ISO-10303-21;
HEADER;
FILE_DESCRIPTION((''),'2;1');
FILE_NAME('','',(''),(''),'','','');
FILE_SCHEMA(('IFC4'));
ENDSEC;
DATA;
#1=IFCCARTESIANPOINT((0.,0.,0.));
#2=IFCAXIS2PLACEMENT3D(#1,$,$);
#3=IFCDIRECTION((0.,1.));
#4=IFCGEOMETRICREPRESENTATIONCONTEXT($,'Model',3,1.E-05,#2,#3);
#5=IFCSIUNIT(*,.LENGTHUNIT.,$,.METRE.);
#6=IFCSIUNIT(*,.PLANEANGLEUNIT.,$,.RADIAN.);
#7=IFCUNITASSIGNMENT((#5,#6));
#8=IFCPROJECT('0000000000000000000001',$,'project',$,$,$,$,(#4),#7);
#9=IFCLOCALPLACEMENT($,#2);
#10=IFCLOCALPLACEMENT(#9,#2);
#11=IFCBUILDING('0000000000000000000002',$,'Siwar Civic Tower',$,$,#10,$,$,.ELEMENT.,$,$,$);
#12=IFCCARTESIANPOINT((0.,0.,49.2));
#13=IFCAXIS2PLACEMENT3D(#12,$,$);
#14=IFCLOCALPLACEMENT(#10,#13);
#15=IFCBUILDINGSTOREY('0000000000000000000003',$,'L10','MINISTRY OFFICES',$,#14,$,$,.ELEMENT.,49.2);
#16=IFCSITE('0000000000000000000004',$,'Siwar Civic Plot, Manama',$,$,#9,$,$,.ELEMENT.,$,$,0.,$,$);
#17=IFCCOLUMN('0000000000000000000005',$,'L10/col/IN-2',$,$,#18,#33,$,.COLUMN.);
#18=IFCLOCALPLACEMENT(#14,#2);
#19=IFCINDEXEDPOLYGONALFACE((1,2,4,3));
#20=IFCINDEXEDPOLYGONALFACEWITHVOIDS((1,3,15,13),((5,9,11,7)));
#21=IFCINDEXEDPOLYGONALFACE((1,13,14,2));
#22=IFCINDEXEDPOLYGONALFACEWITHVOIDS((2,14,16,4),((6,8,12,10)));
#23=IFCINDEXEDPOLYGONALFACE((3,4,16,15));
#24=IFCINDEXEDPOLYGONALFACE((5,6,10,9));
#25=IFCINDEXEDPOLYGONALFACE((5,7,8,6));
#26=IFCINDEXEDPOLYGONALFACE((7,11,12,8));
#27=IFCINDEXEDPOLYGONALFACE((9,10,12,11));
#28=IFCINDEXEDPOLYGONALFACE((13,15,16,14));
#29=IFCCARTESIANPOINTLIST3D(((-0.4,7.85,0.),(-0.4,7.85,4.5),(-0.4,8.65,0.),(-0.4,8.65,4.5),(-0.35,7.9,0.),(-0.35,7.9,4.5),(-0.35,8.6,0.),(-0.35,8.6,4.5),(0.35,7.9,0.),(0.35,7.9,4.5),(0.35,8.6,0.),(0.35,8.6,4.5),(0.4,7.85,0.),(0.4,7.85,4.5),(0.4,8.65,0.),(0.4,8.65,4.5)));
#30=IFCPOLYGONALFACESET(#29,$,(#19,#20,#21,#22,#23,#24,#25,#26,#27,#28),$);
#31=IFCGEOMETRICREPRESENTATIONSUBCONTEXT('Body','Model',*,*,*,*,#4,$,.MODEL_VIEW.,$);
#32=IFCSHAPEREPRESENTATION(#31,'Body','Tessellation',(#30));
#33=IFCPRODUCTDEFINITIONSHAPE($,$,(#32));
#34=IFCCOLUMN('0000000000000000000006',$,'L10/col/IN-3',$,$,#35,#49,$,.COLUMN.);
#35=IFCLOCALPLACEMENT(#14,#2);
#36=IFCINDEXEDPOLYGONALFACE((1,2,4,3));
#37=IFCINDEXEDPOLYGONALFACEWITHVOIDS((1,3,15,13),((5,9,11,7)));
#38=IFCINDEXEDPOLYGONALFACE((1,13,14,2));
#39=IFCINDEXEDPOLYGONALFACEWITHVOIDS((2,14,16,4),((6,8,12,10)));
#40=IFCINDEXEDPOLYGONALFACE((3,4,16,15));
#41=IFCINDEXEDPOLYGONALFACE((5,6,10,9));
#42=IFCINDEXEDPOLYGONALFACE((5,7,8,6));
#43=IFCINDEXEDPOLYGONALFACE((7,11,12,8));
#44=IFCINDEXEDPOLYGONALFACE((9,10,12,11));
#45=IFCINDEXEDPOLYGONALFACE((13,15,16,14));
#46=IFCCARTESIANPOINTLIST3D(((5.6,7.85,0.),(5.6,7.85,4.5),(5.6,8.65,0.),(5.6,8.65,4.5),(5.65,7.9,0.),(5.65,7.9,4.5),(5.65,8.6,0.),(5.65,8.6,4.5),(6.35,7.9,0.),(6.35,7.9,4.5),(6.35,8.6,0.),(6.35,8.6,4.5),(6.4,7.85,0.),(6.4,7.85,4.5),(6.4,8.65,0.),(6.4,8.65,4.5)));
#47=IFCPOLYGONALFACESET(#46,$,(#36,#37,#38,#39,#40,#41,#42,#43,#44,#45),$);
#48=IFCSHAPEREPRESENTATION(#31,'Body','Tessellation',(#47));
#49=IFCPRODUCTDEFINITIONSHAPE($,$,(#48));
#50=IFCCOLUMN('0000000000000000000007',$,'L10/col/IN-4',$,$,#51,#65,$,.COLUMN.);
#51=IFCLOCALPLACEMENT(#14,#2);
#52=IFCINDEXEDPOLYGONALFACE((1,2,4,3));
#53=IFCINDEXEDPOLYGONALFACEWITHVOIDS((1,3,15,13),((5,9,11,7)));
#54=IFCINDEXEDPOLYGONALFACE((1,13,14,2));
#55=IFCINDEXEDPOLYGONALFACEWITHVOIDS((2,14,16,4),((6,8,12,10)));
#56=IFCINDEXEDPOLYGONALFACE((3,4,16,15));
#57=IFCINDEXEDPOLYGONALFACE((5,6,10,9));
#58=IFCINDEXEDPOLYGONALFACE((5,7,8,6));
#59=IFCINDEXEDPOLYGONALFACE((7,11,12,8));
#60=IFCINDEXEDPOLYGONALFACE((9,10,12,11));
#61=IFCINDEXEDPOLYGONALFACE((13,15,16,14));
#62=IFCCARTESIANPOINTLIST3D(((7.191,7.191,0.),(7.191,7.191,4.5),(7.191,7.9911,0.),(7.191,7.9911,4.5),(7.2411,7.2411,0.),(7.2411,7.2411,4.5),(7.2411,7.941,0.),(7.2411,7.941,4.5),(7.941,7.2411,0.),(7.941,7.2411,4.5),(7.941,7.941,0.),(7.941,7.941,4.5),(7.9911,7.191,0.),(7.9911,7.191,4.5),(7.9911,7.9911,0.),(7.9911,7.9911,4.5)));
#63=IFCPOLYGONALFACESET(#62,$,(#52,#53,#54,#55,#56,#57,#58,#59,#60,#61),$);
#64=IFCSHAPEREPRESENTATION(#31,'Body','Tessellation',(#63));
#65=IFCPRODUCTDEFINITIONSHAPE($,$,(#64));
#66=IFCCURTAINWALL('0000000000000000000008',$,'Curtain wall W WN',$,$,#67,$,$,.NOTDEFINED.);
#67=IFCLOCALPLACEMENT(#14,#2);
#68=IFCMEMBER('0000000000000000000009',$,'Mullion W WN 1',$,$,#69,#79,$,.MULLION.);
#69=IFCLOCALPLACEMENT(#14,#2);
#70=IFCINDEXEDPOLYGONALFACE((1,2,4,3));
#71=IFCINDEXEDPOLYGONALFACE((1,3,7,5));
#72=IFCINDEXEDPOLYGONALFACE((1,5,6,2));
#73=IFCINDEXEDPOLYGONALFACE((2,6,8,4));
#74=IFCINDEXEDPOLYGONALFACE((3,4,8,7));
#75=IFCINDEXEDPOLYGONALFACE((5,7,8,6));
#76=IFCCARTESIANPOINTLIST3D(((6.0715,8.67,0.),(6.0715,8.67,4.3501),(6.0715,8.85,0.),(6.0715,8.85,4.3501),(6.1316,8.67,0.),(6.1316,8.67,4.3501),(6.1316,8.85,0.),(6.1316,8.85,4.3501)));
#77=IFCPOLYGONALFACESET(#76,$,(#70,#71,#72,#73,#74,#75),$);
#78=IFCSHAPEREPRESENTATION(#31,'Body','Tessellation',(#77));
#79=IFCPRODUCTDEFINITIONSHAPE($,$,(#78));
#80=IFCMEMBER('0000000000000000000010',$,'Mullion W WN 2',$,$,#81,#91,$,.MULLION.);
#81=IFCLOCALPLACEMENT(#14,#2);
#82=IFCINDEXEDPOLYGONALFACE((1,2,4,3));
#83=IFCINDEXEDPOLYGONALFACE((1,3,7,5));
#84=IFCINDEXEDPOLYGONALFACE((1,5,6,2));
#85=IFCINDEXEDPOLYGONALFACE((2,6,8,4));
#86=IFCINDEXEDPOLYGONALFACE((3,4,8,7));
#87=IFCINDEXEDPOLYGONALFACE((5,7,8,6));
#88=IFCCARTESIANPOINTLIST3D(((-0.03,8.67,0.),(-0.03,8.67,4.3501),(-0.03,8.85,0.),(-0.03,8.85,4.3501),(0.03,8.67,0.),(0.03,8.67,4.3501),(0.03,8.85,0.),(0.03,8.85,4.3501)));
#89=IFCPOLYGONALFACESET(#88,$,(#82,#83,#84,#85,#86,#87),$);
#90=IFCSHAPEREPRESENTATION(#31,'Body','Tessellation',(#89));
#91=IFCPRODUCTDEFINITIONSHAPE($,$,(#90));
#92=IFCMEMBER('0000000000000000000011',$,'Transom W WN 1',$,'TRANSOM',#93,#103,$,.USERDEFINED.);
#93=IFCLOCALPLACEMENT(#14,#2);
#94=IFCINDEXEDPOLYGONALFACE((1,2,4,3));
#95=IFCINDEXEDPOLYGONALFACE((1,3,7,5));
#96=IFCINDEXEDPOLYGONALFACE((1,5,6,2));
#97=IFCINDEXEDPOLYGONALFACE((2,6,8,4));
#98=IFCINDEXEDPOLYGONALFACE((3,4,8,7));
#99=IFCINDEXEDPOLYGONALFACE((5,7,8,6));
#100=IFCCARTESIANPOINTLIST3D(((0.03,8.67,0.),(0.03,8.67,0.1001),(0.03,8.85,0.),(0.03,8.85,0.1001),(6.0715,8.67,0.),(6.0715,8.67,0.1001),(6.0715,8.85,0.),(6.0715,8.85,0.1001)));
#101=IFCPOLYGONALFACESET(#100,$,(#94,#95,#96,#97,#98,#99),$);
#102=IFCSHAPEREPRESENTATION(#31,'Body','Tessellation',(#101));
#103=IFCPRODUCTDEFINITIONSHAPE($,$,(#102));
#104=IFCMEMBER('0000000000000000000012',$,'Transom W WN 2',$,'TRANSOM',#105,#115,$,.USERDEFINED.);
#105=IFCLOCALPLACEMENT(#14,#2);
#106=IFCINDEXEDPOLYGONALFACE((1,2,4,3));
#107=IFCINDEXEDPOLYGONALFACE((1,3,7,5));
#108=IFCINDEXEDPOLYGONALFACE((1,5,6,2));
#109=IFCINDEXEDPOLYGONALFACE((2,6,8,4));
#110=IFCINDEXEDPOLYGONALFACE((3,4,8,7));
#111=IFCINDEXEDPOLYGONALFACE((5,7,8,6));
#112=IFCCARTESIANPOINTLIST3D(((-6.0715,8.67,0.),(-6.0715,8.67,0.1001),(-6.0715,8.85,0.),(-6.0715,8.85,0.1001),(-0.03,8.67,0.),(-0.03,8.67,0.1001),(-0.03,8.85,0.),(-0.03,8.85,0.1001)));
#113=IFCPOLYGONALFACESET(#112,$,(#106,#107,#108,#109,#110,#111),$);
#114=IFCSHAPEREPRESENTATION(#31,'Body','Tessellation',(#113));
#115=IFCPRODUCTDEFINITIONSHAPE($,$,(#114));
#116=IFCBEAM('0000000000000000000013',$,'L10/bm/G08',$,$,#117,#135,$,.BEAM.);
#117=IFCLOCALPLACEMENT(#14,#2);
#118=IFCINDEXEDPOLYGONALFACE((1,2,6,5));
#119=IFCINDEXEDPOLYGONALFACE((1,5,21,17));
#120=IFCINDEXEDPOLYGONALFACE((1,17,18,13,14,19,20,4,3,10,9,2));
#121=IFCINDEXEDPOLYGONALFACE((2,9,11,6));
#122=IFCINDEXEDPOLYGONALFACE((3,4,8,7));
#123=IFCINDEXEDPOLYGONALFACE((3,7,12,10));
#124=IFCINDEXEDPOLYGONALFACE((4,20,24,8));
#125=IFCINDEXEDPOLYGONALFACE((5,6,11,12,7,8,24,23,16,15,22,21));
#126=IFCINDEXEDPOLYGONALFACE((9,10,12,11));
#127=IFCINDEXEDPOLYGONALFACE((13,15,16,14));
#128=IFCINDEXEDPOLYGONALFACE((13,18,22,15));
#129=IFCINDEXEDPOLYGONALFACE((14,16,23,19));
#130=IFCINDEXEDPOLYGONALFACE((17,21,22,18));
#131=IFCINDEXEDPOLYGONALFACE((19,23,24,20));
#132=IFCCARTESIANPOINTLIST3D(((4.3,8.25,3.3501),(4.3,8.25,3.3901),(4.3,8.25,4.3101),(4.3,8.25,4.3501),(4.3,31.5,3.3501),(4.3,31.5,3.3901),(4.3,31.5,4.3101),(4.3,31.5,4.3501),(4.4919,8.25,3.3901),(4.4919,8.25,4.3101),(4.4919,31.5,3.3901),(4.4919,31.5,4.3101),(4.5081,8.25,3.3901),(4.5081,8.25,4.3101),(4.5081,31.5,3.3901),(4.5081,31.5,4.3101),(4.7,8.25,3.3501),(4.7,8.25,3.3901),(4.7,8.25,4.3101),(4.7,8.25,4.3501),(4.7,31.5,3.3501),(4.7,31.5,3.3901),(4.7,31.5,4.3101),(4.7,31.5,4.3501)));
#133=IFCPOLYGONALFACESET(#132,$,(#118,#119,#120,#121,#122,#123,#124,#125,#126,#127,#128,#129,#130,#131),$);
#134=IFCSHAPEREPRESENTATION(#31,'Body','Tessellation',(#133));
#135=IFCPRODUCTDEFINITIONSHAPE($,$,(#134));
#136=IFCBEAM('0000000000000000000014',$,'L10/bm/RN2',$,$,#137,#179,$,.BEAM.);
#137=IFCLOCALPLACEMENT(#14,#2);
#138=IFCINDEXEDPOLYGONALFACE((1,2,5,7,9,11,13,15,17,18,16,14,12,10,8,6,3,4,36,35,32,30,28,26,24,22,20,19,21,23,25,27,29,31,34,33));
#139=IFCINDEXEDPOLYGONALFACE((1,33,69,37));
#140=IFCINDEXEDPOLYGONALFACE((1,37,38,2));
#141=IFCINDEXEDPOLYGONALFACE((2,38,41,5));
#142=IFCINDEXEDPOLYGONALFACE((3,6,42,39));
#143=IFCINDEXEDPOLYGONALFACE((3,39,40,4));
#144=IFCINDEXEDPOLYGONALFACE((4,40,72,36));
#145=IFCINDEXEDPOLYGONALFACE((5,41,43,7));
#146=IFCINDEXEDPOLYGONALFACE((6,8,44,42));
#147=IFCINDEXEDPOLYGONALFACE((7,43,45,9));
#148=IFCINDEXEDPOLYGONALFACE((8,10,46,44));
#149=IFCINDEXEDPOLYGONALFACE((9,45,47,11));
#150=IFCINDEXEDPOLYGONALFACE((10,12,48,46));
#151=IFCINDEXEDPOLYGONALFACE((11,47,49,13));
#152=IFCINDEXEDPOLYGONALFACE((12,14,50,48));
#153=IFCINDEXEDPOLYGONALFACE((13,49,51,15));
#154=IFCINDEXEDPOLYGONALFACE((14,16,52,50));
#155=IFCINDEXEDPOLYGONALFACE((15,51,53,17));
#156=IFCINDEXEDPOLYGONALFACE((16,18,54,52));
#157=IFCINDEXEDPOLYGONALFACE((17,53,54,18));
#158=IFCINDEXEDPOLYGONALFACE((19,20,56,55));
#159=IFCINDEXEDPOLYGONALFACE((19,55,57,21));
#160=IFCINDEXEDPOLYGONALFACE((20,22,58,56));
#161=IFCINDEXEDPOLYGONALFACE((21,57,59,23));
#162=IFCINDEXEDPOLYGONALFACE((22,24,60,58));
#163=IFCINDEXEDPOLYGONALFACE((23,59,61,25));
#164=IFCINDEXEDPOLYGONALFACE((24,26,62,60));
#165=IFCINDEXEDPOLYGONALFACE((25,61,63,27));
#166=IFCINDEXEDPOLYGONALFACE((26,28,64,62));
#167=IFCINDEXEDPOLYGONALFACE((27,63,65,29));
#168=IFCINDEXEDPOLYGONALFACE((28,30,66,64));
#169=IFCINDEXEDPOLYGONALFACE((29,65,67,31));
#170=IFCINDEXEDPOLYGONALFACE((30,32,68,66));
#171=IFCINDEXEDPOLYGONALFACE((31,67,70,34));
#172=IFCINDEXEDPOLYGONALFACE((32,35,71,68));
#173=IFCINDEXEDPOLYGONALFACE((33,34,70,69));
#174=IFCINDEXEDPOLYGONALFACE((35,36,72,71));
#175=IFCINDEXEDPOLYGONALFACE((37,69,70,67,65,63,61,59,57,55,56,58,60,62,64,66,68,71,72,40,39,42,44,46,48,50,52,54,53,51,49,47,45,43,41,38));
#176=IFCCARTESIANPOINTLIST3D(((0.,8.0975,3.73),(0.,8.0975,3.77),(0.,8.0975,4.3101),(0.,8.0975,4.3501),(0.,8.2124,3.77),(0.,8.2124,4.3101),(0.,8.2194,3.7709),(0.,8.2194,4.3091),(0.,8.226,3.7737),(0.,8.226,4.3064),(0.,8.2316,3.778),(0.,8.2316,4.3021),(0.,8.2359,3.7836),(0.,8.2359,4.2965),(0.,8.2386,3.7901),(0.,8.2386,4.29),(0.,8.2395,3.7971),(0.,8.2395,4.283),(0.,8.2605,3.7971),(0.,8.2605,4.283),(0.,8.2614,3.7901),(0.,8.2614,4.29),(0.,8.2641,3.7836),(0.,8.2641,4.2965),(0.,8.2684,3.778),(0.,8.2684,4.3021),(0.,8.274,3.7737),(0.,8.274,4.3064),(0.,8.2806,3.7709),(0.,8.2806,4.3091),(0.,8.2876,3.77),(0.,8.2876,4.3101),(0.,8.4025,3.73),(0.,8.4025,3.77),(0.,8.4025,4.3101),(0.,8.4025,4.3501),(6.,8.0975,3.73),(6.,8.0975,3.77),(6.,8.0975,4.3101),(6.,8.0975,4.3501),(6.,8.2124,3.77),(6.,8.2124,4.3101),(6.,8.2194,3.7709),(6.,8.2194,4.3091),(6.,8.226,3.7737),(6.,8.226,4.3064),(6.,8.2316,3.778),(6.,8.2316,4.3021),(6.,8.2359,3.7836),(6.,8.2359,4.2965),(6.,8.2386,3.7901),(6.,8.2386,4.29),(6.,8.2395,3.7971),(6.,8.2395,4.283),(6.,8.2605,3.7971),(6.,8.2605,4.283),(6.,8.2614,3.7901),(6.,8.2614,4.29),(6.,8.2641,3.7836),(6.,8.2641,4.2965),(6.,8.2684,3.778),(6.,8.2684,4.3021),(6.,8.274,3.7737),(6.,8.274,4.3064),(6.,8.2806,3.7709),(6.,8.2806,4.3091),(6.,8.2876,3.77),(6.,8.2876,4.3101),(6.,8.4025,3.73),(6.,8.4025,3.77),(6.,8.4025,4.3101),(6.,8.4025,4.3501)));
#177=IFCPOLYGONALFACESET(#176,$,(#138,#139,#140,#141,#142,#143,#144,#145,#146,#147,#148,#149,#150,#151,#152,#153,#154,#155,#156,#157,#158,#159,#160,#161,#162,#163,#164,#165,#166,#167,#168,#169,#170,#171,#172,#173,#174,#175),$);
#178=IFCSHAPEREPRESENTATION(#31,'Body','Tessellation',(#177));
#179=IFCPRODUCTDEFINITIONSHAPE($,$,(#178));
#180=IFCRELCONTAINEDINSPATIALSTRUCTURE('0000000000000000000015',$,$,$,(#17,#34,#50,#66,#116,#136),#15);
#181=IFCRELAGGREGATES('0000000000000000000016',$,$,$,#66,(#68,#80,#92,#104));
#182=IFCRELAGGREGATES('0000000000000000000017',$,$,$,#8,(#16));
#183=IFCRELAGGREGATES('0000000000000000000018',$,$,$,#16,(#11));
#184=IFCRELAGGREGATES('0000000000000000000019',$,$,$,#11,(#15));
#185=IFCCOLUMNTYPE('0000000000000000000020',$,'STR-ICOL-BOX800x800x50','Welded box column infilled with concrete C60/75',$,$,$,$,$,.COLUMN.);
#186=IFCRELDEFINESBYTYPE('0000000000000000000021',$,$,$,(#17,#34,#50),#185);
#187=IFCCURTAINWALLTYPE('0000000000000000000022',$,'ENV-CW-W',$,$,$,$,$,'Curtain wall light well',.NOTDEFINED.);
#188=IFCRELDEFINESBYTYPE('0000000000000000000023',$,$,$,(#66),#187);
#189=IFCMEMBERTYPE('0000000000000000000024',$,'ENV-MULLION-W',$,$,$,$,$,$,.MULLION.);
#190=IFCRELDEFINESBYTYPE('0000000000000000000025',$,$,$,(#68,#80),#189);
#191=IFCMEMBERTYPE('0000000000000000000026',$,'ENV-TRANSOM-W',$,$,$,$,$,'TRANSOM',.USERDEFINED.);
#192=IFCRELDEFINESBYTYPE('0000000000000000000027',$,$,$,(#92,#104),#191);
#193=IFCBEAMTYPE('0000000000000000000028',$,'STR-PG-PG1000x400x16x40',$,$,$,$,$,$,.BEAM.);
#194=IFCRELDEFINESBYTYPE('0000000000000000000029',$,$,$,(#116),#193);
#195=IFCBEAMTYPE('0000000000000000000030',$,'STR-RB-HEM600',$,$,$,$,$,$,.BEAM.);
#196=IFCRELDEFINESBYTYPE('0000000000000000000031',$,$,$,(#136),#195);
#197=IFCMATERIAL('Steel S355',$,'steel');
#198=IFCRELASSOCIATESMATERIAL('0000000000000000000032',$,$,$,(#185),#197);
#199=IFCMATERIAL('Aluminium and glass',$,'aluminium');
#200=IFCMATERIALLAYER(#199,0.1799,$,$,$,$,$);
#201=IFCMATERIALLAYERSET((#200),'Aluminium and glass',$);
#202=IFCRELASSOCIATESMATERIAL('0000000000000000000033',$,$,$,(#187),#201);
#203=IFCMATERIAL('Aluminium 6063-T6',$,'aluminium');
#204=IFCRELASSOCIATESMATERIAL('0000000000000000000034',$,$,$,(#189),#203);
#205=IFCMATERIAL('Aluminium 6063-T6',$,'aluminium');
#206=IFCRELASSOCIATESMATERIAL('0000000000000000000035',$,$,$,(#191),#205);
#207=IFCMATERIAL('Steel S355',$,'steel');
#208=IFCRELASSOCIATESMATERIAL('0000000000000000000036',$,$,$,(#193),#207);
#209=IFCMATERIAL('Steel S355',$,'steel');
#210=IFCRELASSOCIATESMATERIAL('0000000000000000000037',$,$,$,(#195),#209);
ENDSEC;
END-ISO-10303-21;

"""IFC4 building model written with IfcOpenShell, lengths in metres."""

from ifc_helpers import new_model, si_unit, direction, frame, origin, origin_2d, place, context, subcontext, project, spatial, rectangle, hollow_rectangle, i_section, extrude, material, layer, layer_set, material_profile, profile_set, type_object, element, aggregate, save


model = new_model("IFC4")

# Units and contexts
model_context = context("Model", 3, precision=1e-05, world=origin(), true_north=direction((0.0, 1.0)))
body_context = subcontext(model_context, "Body", "Model", "MODEL_VIEW")
ifc_project = project(units=[si_unit("LENGTHUNIT", "METRE"), si_unit("PLANEANGLEUNIT", "RADIAN")], contexts=[model_context])

# Site, building, storey
site_placement = place(None, origin())
site = spatial("IfcSite", under=ifc_project, at=site_placement, Name="Siwar Civic Plot, Manama", CompositionType="ELEMENT", RefElevation=0.0)
building_placement = place(site_placement, origin())
building = spatial("IfcBuilding", under=site, at=building_placement, Name="Siwar Civic Tower", CompositionType="ELEMENT")
storey_placement = place(building_placement, frame((0.0, 0.0, 49.2)))
storey = spatial("IfcBuildingStorey", under=building, at=storey_placement, Name="L10", Description="MINISTRY OFFICES", CompositionType="ELEMENT", Elevation=49.2)

# Columns
ifc_material_1 = material(Name="Steel S355", Category="steel")
ifc_material_profile_1 = material_profile(ifc_material_1, hollow_rectangle(XDim=0.8, YDim=0.8, WallThickness=0.05, at=origin_2d()), Name="BOX800x800x50")
ifc_profile_set_1 = profile_set([ifc_material_profile_1], Name="Steel S355")
column_type = type_object("IfcColumnType", Name="STR-ICOL-BOX800x800x50", Description="Welded box column infilled with concrete C60/75", PredefinedType="COLUMN", material=ifc_profile_set_1)
for number, where, z_axis, x_axis, name in (
    (1, (0.0, 8.25, 0.0), (0.0, 0.0, 1.0), (1.0, 0.0, 0.0), "L10/col/IN-2"),
    (2, (6.0, 8.25, 0.0), (0.0, 0.0, 1.0), (1.0, 0.0, 0.0), "L10/col/IN-3"),
    (3, (7.5911, 7.5911, 0.0), (0.0, 0.0, 1.0), (1.0, 0.0, 0.0), "L10/col/IN-4"),
):
    element("IfcColumn", number, at=place(storey_placement, frame(where, z_axis=z_axis, x_axis=x_axis)), inside=storey, type_object=column_type, Name=name, PredefinedType="COLUMN", context=body_context, shape_type="SweptSolid", body=[
        extrude(hollow_rectangle(XDim=0.8, YDim=0.8, WallThickness=0.05, at=origin_2d()), origin(), (0.0, 0.0, 1.0), 4.5),
    ])

# Curtain wall, members
ifc_material_2 = material(Name="Aluminium and glass", Category="aluminium")
ifc_layer_1 = layer(ifc_material_2, 0.1799)
ifc_layer_set_1 = layer_set([ifc_layer_1], Name="Aluminium and glass")
curtain_wall_type = type_object("IfcCurtainWallType", Name="ENV-CW-W", ElementType="Curtain wall light well", PredefinedType="NOTDEFINED", material=ifc_layer_set_1)
curtain_wall_placement = place(storey_placement, origin())
curtain_wall = element("IfcCurtainWall", 4, at=curtain_wall_placement, inside=storey, type_object=curtain_wall_type, Name="Curtain wall W WN", PredefinedType="NOTDEFINED")
ifc_material_3 = material(Name="Aluminium 6063-T6", Category="aluminium")
ifc_material_profile_2 = material_profile(ifc_material_3, rectangle(XDim=0.1799, YDim=0.0601, at=origin_2d()), Name="AL 180x60")
ifc_profile_set_2 = profile_set([ifc_material_profile_2], Name="Aluminium 6063-T6")
member_type_1 = type_object("IfcMemberType", Name="ENV-MULLION-W", PredefinedType="MULLION", material=ifc_profile_set_2)
member_1_placement = place(storey_placement, frame((6.1016, 8.76, 0.0), z_axis=(0.0, 0.0, 1.0), x_axis=(0.0, -1.0, 0.0)))
member_1 = element("IfcMember", 5, at=member_1_placement, type_object=member_type_1, Name="Mullion W WN 1", PredefinedType="MULLION", context=body_context, shape_type="SweptSolid", body=[
    extrude(rectangle(XDim=0.1799, YDim=0.0601, at=origin_2d()), origin(), (0.0, 0.0, 1.0), 4.3501),
])
member_2_placement = place(storey_placement, frame((0.0, 8.76, 0.0), z_axis=(0.0, 0.0, 1.0), x_axis=(0.0, -1.0, 0.0)))
member_2 = element("IfcMember", 6, at=member_2_placement, type_object=member_type_1, Name="Mullion W WN 2", PredefinedType="MULLION", context=body_context, shape_type="SweptSolid", body=[
    extrude(rectangle(XDim=0.1799, YDim=0.0601, at=origin_2d()), origin(), (0.0, 0.0, 1.0), 4.3501),
])
ifc_material_4 = material(Name="Aluminium 6063-T6", Category="aluminium")
ifc_material_profile_3 = material_profile(ifc_material_4, rectangle(XDim=0.1799, YDim=0.1001, at=origin_2d()), Name="AL 180x100")
ifc_profile_set_3 = profile_set([ifc_material_profile_3], Name="Aluminium 6063-T6")
member_type_2 = type_object("IfcMemberType", Name="ENV-TRANSOM-W", ElementType="TRANSOM", PredefinedType="USERDEFINED", material=ifc_profile_set_3)
member_3_placement = place(storey_placement, frame((6.0715, 8.76, 0.05), z_axis=(-1.0, 0.0, 0.0), x_axis=(0.0, -1.0, 0.0)))
member_3 = element("IfcMember", 7, at=member_3_placement, type_object=member_type_2, Name="Transom W WN 1", ObjectType="TRANSOM", PredefinedType="USERDEFINED", context=body_context, shape_type="SweptSolid", body=[
    extrude(rectangle(XDim=0.1799, YDim=0.1001, at=origin_2d()), origin(), (0.0, 0.0, 1.0), 6.0415),
])
member_4_placement = place(storey_placement, frame((-0.03, 8.76, 0.05), z_axis=(-1.0, 0.0, 0.0), x_axis=(0.0, -1.0, 0.0)))
member_4 = element("IfcMember", 8, at=member_4_placement, type_object=member_type_2, Name="Transom W WN 2", ObjectType="TRANSOM", PredefinedType="USERDEFINED", context=body_context, shape_type="SweptSolid", body=[
    extrude(rectangle(XDim=0.1799, YDim=0.1001, at=origin_2d()), origin(), (0.0, 0.0, 1.0), 6.0415),
])

# Beams
ifc_material_5 = material(Name="Steel S355", Category="steel")
ifc_material_profile_4 = material_profile(ifc_material_5, i_section(OverallWidth=0.3999, OverallDepth=1.0, WebThickness=0.0161, FlangeThickness=0.04, at=origin_2d()), Name="PG1000x400x16x40")
ifc_profile_set_4 = profile_set([ifc_material_profile_4], Name="Steel S355")
beam_type_1 = type_object("IfcBeamType", Name="STR-PG-PG1000x400x16x40", PredefinedType="BEAM", material=ifc_profile_set_4)
beam_1_placement = place(storey_placement, frame((4.5, 8.25, 3.8501), z_axis=(0.0, 1.0, 0.0), x_axis=(-1.0, 0.0, 0.0)))
element("IfcBeam", 9, at=beam_1_placement, inside=storey, type_object=beam_type_1, Name="L10/bm/G08", PredefinedType="BEAM", context=body_context, shape_type="SweptSolid", body=[
    extrude(i_section(OverallWidth=0.3999, OverallDepth=1.0, WebThickness=0.0161, FlangeThickness=0.04, at=origin_2d()), origin(), (0.0, 0.0, 1.0), 23.25),
])
ifc_material_6 = material(Name="Steel S355", Category="steel")
ifc_material_profile_5 = material_profile(ifc_material_6, i_section(OverallWidth=0.3049, OverallDepth=0.6201, WebThickness=0.021, FlangeThickness=0.04, FilletRadius=0.0271, at=origin_2d()), Name="HEM600")
ifc_profile_set_5 = profile_set([ifc_material_profile_5], Name="Steel S355")
beam_type_2 = type_object("IfcBeamType", Name="STR-RB-HEM600", PredefinedType="BEAM", material=ifc_profile_set_5)
beam_2_placement = place(storey_placement, frame((0.0, 8.25, 4.04), z_axis=(1.0, 0.0, 0.0), x_axis=(0.0, 1.0, 0.0)))
element("IfcBeam", 10, at=beam_2_placement, inside=storey, type_object=beam_type_2, Name="L10/bm/RN2", PredefinedType="BEAM", context=body_context, shape_type="SweptSolid", body=[
    extrude(i_section(OverallWidth=0.3049, OverallDepth=0.6201, WebThickness=0.021, FlangeThickness=0.04, FilletRadius=0.0271, at=origin_2d()), origin(), (0.0, 0.0, 1.0), 6.0),
])

aggregate(curtain_wall, [member_1, member_2, member_3, member_4])

save(model, "model.ifc")
